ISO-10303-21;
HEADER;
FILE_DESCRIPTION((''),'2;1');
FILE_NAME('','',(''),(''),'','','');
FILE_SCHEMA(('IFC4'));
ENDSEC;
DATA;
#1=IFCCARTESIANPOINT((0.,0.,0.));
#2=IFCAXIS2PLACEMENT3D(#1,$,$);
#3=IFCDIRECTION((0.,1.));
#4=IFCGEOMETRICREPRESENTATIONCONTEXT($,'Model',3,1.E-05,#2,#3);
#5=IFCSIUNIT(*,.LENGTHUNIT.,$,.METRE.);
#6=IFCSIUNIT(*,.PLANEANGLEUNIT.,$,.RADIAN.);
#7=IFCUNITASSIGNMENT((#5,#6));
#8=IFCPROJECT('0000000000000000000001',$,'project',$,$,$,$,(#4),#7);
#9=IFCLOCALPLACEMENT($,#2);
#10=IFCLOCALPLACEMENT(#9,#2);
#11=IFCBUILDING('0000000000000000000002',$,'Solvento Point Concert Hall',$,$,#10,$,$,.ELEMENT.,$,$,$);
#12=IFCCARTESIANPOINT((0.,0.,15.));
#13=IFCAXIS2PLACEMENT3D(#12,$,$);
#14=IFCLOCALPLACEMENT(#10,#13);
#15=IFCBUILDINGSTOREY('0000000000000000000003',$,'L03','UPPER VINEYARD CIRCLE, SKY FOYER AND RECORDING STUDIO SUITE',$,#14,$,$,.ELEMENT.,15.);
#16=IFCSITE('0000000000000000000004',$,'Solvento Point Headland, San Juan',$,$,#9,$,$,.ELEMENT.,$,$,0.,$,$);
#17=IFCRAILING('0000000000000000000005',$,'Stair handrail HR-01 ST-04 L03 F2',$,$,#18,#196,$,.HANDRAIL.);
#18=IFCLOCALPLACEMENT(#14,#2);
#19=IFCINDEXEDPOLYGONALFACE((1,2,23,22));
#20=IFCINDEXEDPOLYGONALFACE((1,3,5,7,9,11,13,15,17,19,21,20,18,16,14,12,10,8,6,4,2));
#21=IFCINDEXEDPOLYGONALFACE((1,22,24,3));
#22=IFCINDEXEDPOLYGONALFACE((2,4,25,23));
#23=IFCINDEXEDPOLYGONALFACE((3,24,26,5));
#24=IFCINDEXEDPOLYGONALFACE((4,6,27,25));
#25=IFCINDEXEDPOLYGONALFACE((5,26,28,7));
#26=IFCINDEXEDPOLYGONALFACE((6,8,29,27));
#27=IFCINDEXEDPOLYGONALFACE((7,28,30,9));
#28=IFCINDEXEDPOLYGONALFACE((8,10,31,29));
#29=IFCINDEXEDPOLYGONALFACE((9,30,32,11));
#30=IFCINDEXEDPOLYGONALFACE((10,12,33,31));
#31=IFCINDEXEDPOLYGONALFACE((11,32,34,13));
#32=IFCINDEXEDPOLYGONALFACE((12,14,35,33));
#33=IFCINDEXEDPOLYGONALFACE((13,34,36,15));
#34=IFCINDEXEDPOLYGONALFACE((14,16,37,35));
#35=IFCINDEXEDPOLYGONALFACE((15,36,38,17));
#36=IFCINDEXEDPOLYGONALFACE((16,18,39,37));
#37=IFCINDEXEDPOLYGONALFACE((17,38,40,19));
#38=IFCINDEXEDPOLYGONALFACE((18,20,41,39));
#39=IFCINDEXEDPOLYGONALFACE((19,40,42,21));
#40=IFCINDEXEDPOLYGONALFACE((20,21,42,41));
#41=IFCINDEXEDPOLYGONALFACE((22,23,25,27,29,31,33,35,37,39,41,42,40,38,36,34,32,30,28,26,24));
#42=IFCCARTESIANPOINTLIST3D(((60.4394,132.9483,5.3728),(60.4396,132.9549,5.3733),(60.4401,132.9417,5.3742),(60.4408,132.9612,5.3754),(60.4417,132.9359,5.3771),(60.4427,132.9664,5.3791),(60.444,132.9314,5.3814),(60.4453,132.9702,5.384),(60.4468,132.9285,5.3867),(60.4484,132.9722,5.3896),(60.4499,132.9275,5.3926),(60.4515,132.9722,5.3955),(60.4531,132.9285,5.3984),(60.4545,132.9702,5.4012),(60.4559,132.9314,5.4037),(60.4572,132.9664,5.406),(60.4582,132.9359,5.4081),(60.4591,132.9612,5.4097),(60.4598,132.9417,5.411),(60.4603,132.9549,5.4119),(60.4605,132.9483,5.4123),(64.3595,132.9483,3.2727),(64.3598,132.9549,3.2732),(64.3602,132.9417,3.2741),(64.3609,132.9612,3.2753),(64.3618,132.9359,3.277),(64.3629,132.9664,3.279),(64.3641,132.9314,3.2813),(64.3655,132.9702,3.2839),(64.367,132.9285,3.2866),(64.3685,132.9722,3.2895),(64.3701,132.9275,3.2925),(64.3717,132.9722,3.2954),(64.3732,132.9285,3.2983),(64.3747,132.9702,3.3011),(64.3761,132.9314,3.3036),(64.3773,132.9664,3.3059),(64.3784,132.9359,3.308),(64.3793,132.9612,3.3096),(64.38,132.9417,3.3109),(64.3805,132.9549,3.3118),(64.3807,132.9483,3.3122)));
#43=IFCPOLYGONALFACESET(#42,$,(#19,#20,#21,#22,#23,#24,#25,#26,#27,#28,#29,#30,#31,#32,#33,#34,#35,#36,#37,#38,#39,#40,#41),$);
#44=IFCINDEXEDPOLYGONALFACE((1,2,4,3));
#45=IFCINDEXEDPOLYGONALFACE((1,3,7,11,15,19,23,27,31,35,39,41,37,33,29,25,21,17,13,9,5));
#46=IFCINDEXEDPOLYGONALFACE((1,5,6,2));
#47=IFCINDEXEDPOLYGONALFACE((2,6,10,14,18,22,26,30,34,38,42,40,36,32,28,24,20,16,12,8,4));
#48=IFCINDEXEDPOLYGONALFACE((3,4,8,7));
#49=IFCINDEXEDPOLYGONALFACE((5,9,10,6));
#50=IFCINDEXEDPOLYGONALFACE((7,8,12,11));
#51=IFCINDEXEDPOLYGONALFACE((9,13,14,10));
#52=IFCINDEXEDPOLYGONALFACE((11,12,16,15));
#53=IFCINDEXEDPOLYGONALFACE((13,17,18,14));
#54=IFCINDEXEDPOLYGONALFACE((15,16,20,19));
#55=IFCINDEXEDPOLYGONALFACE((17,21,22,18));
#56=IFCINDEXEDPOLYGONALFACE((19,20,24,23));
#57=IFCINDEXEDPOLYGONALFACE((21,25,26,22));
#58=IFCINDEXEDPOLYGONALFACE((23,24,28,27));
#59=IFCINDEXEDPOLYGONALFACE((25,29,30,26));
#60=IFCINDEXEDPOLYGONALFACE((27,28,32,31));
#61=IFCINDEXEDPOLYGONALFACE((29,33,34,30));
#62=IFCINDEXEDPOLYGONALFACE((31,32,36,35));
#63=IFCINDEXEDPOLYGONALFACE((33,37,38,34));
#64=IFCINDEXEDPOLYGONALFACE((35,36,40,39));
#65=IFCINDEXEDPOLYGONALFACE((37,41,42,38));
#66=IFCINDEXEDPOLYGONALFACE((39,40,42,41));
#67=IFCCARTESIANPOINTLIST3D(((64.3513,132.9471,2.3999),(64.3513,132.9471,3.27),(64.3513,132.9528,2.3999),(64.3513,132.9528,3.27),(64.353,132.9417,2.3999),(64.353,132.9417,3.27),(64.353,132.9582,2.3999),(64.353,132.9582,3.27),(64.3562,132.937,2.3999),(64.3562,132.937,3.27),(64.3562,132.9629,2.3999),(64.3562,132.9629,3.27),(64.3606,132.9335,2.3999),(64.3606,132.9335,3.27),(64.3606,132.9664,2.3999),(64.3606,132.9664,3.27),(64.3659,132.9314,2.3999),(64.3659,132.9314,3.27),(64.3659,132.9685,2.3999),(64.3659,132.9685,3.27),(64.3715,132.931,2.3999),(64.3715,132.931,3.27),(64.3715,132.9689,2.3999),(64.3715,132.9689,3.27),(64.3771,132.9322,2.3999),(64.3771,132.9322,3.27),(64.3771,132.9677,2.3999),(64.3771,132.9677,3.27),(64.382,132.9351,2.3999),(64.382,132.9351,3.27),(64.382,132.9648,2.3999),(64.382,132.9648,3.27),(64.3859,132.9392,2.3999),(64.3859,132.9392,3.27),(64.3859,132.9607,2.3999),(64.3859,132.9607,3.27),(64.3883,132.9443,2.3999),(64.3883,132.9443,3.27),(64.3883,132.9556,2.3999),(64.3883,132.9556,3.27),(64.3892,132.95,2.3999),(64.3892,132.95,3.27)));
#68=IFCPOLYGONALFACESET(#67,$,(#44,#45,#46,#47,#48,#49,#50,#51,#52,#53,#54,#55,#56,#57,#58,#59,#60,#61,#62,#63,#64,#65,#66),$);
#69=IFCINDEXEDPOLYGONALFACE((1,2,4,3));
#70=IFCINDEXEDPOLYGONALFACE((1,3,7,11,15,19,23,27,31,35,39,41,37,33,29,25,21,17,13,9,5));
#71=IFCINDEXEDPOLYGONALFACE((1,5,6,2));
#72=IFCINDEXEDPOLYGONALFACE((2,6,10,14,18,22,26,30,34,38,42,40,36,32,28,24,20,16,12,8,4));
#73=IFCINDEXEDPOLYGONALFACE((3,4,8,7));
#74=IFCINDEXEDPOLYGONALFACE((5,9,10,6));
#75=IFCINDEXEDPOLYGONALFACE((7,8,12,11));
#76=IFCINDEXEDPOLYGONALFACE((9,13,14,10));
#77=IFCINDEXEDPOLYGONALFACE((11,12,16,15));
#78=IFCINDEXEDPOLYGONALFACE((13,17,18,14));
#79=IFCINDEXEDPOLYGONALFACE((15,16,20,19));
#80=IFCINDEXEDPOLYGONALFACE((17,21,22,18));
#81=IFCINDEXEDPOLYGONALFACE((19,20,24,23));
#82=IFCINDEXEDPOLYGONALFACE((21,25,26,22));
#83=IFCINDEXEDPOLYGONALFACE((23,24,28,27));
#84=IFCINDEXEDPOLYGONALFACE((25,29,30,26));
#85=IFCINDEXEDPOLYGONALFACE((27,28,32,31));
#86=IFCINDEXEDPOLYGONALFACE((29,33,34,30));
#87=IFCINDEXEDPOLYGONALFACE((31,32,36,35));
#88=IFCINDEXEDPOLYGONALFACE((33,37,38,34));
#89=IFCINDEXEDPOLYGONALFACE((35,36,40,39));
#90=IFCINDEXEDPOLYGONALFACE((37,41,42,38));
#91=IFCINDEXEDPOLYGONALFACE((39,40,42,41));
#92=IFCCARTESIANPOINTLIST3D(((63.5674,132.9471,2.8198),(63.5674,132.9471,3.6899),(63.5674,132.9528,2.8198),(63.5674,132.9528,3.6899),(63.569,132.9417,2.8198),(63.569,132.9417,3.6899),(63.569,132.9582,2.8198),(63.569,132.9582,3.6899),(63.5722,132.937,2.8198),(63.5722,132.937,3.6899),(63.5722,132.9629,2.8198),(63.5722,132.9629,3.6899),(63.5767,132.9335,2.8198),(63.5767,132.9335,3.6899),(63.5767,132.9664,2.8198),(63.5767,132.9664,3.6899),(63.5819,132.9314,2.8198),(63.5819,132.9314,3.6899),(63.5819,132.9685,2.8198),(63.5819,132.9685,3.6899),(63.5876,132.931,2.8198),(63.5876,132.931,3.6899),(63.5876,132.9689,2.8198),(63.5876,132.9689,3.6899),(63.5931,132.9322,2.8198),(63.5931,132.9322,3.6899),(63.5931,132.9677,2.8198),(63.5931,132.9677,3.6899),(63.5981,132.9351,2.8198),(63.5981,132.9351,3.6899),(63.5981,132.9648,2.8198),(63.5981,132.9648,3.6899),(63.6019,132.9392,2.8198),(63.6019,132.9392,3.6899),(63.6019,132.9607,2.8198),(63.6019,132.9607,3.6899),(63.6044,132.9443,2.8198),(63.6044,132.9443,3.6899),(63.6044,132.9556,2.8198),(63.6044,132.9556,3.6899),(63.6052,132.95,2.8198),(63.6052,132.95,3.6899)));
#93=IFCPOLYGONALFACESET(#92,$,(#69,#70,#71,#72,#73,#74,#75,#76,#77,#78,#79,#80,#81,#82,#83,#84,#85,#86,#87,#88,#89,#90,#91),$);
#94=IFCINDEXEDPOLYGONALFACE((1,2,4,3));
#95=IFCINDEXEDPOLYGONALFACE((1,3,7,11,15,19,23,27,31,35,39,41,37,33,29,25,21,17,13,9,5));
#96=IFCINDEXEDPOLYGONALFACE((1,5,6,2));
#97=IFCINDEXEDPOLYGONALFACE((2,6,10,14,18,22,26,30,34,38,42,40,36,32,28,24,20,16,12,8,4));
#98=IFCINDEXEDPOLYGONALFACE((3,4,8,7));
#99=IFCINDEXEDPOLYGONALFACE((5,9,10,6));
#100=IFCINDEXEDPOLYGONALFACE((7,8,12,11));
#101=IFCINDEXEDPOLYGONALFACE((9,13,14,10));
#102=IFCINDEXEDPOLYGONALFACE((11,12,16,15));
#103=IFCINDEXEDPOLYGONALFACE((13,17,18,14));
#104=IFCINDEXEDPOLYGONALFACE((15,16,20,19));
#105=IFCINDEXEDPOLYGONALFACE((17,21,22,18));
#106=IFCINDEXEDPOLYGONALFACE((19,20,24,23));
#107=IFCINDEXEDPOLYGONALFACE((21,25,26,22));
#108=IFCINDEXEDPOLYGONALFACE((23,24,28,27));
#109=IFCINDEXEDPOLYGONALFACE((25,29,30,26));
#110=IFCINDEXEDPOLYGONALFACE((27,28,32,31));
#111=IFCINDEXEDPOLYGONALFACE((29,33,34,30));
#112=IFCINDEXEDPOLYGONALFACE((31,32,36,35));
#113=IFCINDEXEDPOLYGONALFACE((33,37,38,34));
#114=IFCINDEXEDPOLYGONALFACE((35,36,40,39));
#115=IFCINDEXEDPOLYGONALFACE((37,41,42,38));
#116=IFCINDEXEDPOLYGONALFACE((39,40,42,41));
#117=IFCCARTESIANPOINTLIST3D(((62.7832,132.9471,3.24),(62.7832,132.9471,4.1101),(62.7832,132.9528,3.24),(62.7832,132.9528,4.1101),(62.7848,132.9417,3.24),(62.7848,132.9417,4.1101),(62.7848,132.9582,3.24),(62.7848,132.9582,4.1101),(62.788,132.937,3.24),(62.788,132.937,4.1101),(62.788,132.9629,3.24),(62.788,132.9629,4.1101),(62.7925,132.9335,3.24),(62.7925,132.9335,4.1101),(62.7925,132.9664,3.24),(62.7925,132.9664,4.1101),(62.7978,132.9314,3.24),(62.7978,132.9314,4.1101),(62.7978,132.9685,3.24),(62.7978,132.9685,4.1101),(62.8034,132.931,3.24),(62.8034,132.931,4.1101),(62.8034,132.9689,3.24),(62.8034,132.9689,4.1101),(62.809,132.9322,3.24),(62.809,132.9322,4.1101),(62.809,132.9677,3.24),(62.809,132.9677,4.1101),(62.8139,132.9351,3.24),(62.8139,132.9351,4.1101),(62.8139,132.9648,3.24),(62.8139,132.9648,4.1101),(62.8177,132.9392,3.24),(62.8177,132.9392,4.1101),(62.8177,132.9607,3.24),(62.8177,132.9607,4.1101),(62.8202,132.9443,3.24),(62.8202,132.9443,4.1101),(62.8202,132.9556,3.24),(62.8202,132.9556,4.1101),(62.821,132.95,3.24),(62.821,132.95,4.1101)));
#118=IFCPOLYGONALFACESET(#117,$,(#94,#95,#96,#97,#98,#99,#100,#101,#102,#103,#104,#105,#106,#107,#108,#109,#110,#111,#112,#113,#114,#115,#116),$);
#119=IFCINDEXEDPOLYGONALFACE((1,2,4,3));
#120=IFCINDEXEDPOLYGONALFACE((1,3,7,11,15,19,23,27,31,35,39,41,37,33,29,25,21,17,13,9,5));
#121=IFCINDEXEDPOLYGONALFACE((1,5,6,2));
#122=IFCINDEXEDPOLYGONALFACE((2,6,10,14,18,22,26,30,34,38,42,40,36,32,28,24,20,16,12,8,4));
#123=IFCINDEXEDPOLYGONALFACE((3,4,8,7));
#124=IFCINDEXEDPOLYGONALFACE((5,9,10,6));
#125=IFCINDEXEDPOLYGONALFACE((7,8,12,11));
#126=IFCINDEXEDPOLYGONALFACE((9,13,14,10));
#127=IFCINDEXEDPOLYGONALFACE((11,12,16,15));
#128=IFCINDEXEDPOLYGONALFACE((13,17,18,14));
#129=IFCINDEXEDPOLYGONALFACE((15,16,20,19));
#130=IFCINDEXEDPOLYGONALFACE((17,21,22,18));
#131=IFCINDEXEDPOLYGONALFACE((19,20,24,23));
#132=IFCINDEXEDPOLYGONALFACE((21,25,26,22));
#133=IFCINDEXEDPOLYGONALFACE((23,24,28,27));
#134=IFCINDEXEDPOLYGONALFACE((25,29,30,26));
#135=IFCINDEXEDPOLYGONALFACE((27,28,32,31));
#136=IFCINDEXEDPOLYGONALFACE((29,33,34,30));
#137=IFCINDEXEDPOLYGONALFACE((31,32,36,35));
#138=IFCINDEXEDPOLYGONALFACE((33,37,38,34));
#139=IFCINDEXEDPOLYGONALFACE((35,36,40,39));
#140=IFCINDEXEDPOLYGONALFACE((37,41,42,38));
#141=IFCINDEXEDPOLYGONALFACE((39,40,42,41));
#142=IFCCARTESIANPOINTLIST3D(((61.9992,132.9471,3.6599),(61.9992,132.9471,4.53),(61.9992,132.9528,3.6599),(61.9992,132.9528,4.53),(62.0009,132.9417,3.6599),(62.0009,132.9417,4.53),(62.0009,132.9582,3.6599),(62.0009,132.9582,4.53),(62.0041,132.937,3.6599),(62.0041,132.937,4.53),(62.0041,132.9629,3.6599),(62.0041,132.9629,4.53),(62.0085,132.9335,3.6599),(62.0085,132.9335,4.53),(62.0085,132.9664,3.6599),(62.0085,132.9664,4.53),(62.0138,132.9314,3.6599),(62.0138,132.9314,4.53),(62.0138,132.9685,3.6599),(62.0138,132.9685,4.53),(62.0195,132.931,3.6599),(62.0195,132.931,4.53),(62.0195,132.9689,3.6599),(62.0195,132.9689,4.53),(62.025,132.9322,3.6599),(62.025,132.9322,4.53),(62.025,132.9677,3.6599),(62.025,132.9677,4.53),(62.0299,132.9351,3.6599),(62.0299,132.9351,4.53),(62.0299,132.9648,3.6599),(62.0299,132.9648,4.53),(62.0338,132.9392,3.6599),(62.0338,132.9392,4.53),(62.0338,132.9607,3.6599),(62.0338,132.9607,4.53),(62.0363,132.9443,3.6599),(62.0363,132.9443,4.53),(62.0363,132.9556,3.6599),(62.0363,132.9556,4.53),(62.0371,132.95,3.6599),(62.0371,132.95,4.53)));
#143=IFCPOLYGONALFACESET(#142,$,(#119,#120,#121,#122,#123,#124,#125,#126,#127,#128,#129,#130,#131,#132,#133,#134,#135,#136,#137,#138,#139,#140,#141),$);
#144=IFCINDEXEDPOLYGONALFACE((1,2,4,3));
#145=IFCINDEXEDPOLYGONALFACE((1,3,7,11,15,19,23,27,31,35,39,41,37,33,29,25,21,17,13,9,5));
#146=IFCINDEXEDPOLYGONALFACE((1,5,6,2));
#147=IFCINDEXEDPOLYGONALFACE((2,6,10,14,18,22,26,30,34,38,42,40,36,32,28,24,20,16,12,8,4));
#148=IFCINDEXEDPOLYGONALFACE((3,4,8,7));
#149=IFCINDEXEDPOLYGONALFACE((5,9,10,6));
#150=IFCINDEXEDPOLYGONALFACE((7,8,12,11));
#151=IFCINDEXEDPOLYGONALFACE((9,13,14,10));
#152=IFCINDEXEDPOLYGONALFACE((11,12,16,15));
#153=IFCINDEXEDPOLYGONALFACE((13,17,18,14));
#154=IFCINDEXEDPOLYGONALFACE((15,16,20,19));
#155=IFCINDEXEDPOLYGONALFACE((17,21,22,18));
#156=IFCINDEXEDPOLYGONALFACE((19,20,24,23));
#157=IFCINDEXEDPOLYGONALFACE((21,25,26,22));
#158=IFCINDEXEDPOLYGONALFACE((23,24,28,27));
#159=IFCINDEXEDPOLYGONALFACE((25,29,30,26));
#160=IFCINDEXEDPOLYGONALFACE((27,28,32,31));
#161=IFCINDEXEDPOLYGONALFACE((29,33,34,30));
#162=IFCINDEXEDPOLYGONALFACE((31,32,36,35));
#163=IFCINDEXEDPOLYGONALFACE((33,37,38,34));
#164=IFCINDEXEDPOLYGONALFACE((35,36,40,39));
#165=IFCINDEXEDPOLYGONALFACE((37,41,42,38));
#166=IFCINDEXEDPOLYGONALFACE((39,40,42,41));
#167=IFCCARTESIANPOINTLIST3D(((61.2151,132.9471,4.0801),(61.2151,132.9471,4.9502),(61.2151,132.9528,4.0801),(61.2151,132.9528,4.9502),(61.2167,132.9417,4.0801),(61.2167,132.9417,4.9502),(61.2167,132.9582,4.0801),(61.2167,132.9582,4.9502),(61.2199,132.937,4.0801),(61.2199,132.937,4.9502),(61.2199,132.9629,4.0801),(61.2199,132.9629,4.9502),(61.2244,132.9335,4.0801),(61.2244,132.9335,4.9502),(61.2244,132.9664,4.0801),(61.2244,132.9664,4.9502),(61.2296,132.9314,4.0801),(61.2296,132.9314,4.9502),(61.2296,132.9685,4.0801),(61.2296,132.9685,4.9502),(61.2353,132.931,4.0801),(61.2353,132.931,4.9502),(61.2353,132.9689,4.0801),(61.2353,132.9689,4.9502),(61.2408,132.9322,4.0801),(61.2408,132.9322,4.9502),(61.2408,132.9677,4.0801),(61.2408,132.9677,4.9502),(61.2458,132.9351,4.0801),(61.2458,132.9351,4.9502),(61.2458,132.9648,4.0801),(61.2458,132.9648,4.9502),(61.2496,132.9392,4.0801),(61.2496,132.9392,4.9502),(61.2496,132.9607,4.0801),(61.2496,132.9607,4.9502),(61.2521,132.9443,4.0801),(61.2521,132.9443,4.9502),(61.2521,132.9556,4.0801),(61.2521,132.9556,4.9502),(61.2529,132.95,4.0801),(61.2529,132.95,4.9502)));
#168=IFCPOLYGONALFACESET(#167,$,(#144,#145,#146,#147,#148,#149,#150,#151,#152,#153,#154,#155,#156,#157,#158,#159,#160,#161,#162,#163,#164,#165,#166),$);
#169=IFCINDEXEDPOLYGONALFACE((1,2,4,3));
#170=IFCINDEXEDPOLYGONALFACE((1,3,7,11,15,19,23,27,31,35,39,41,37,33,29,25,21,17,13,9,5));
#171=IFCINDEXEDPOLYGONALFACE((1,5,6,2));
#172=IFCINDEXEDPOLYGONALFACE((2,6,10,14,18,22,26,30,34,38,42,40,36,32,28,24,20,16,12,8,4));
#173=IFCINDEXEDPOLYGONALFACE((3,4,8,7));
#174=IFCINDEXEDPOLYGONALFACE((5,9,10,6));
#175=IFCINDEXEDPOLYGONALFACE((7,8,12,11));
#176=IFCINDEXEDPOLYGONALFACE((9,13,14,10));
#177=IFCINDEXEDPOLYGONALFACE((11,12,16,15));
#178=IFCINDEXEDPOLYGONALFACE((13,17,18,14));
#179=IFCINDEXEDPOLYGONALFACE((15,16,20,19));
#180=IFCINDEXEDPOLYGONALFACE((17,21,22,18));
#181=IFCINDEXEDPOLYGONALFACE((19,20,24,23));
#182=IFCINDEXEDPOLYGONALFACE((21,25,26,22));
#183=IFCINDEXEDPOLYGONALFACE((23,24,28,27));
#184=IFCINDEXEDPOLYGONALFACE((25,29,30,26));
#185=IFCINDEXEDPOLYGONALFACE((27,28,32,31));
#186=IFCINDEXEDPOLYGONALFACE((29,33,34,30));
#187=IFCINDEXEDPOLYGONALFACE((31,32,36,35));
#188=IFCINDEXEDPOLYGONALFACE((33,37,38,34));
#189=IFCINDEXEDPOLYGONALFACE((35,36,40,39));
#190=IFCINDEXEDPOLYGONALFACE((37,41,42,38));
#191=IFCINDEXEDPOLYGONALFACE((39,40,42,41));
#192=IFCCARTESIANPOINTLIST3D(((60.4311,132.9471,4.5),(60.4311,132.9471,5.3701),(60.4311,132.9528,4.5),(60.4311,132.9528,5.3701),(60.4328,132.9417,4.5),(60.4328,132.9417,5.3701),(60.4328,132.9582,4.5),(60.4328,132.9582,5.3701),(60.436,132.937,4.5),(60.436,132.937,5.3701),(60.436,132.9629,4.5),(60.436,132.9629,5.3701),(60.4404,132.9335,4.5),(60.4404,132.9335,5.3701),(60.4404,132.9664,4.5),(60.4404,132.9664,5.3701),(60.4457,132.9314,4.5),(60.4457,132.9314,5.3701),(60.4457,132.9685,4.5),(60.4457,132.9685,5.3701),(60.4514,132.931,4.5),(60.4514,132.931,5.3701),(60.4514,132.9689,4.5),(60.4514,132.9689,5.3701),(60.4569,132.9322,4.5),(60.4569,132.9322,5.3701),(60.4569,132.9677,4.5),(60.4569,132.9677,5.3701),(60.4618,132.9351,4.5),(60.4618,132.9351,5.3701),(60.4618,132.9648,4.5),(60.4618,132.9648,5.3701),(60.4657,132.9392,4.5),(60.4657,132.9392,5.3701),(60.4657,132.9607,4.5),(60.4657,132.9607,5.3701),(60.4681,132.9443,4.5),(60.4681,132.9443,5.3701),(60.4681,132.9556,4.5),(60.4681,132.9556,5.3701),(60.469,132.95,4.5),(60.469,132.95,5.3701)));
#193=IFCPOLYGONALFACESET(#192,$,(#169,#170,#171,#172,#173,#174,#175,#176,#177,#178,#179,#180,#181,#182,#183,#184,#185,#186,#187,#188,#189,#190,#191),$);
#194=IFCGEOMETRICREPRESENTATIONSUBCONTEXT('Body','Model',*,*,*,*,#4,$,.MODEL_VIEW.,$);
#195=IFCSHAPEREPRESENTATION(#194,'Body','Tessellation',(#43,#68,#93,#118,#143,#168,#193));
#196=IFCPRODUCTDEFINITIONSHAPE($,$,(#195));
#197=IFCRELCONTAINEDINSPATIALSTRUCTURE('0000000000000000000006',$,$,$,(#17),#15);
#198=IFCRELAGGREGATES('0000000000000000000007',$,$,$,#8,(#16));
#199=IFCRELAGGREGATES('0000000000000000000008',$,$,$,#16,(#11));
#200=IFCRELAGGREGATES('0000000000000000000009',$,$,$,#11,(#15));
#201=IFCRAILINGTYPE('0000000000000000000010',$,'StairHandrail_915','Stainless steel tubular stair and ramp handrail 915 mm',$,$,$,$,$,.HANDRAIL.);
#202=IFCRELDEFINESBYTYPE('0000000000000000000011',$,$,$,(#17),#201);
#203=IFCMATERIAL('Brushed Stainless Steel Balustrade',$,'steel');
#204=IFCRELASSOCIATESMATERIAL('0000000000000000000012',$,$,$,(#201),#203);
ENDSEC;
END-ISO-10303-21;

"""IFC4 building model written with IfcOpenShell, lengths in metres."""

from ifc_helpers import new_model, si_unit, direction, frame, origin, origin_2d, place, context, subcontext, project, spatial, circle, extrude, material, type_object, element, save


model = new_model("IFC4")

# Units and contexts
model_context = context("Model", 3, precision=1e-05, world=origin(), true_north=direction((0.0, 1.0)))
body_context = subcontext(model_context, "Body", "Model", "MODEL_VIEW")
ifc_project = project(units=[si_unit("LENGTHUNIT", "METRE"), si_unit("PLANEANGLEUNIT", "RADIAN")], contexts=[model_context])

# Site, building, storey
site_placement = place(None, origin())
site = spatial("IfcSite", under=ifc_project, at=site_placement, Name="Solvento Point Headland, San Juan", CompositionType="ELEMENT", RefElevation=0.0)
building_placement = place(site_placement, origin())
building = spatial("IfcBuilding", under=site, at=building_placement, Name="Solvento Point Concert Hall", CompositionType="ELEMENT")
storey_placement = place(building_placement, frame((0.0, 0.0, 15.0)))
storey = spatial("IfcBuildingStorey", under=building, at=storey_placement, Name="L03", Description="UPPER VINEYARD CIRCLE, SKY FOYER AND RECORDING STUDIO SUITE", CompositionType="ELEMENT", Elevation=15.0)

# Railing
ifc_material_1 = material(Name="Brushed Stainless Steel Balustrade", Category="steel")
railing_type_1 = type_object("IfcRailingType", Name="StairHandrail_915", Description="Stainless steel tubular stair and ramp handrail 915 mm", PredefinedType="HANDRAIL", material=ifc_material_1)
railing_1_placement = place(storey_placement, frame((64.3701, 132.95, 2.3999)))
element("IfcRailing", 1, at=railing_1_placement, inside=storey, type_object=railing_type_1, Name="Stair handrail HR-01 ST-04 L03 F2", PredefinedType="HANDRAIL", context=body_context, shape_type="SweptSolid", body=[
    extrude(circle(Radius=0.0225, at=origin_2d()), frame((0.0, 0.0, 0.8926), z_axis=(-0.881479, 0.0, 0.472223), x_axis=(0.0, -1.0, 0.0)), (0.0, 0.0, 1.0), 4.4473),
    extrude(circle(Radius=0.019, at=origin_2d()), origin(), (0.0, 0.0, 1.0), 0.8701),
    extrude(circle(Radius=0.019, at=origin_2d()), frame((-0.7839, 0.0, 0.4199)), (0.0, 0.0, 1.0), 0.8701),
    extrude(circle(Radius=0.019, at=origin_2d()), frame((-1.5681, 0.0, 0.8401)), (0.0, 0.0, 1.0), 0.8701),
    extrude(circle(Radius=0.019, at=origin_2d()), frame((-2.3521, 0.0, 1.26)), (0.0, 0.0, 1.0), 0.8701),
    extrude(circle(Radius=0.019, at=origin_2d()), frame((-3.1362, 0.0, 1.6802)), (0.0, 0.0, 1.0), 0.8701),
    extrude(circle(Radius=0.019, at=origin_2d()), frame((-3.9202, 0.0, 2.1001)), (0.0, 0.0, 1.0), 0.8701),
])

save(model, "model.ifc")
